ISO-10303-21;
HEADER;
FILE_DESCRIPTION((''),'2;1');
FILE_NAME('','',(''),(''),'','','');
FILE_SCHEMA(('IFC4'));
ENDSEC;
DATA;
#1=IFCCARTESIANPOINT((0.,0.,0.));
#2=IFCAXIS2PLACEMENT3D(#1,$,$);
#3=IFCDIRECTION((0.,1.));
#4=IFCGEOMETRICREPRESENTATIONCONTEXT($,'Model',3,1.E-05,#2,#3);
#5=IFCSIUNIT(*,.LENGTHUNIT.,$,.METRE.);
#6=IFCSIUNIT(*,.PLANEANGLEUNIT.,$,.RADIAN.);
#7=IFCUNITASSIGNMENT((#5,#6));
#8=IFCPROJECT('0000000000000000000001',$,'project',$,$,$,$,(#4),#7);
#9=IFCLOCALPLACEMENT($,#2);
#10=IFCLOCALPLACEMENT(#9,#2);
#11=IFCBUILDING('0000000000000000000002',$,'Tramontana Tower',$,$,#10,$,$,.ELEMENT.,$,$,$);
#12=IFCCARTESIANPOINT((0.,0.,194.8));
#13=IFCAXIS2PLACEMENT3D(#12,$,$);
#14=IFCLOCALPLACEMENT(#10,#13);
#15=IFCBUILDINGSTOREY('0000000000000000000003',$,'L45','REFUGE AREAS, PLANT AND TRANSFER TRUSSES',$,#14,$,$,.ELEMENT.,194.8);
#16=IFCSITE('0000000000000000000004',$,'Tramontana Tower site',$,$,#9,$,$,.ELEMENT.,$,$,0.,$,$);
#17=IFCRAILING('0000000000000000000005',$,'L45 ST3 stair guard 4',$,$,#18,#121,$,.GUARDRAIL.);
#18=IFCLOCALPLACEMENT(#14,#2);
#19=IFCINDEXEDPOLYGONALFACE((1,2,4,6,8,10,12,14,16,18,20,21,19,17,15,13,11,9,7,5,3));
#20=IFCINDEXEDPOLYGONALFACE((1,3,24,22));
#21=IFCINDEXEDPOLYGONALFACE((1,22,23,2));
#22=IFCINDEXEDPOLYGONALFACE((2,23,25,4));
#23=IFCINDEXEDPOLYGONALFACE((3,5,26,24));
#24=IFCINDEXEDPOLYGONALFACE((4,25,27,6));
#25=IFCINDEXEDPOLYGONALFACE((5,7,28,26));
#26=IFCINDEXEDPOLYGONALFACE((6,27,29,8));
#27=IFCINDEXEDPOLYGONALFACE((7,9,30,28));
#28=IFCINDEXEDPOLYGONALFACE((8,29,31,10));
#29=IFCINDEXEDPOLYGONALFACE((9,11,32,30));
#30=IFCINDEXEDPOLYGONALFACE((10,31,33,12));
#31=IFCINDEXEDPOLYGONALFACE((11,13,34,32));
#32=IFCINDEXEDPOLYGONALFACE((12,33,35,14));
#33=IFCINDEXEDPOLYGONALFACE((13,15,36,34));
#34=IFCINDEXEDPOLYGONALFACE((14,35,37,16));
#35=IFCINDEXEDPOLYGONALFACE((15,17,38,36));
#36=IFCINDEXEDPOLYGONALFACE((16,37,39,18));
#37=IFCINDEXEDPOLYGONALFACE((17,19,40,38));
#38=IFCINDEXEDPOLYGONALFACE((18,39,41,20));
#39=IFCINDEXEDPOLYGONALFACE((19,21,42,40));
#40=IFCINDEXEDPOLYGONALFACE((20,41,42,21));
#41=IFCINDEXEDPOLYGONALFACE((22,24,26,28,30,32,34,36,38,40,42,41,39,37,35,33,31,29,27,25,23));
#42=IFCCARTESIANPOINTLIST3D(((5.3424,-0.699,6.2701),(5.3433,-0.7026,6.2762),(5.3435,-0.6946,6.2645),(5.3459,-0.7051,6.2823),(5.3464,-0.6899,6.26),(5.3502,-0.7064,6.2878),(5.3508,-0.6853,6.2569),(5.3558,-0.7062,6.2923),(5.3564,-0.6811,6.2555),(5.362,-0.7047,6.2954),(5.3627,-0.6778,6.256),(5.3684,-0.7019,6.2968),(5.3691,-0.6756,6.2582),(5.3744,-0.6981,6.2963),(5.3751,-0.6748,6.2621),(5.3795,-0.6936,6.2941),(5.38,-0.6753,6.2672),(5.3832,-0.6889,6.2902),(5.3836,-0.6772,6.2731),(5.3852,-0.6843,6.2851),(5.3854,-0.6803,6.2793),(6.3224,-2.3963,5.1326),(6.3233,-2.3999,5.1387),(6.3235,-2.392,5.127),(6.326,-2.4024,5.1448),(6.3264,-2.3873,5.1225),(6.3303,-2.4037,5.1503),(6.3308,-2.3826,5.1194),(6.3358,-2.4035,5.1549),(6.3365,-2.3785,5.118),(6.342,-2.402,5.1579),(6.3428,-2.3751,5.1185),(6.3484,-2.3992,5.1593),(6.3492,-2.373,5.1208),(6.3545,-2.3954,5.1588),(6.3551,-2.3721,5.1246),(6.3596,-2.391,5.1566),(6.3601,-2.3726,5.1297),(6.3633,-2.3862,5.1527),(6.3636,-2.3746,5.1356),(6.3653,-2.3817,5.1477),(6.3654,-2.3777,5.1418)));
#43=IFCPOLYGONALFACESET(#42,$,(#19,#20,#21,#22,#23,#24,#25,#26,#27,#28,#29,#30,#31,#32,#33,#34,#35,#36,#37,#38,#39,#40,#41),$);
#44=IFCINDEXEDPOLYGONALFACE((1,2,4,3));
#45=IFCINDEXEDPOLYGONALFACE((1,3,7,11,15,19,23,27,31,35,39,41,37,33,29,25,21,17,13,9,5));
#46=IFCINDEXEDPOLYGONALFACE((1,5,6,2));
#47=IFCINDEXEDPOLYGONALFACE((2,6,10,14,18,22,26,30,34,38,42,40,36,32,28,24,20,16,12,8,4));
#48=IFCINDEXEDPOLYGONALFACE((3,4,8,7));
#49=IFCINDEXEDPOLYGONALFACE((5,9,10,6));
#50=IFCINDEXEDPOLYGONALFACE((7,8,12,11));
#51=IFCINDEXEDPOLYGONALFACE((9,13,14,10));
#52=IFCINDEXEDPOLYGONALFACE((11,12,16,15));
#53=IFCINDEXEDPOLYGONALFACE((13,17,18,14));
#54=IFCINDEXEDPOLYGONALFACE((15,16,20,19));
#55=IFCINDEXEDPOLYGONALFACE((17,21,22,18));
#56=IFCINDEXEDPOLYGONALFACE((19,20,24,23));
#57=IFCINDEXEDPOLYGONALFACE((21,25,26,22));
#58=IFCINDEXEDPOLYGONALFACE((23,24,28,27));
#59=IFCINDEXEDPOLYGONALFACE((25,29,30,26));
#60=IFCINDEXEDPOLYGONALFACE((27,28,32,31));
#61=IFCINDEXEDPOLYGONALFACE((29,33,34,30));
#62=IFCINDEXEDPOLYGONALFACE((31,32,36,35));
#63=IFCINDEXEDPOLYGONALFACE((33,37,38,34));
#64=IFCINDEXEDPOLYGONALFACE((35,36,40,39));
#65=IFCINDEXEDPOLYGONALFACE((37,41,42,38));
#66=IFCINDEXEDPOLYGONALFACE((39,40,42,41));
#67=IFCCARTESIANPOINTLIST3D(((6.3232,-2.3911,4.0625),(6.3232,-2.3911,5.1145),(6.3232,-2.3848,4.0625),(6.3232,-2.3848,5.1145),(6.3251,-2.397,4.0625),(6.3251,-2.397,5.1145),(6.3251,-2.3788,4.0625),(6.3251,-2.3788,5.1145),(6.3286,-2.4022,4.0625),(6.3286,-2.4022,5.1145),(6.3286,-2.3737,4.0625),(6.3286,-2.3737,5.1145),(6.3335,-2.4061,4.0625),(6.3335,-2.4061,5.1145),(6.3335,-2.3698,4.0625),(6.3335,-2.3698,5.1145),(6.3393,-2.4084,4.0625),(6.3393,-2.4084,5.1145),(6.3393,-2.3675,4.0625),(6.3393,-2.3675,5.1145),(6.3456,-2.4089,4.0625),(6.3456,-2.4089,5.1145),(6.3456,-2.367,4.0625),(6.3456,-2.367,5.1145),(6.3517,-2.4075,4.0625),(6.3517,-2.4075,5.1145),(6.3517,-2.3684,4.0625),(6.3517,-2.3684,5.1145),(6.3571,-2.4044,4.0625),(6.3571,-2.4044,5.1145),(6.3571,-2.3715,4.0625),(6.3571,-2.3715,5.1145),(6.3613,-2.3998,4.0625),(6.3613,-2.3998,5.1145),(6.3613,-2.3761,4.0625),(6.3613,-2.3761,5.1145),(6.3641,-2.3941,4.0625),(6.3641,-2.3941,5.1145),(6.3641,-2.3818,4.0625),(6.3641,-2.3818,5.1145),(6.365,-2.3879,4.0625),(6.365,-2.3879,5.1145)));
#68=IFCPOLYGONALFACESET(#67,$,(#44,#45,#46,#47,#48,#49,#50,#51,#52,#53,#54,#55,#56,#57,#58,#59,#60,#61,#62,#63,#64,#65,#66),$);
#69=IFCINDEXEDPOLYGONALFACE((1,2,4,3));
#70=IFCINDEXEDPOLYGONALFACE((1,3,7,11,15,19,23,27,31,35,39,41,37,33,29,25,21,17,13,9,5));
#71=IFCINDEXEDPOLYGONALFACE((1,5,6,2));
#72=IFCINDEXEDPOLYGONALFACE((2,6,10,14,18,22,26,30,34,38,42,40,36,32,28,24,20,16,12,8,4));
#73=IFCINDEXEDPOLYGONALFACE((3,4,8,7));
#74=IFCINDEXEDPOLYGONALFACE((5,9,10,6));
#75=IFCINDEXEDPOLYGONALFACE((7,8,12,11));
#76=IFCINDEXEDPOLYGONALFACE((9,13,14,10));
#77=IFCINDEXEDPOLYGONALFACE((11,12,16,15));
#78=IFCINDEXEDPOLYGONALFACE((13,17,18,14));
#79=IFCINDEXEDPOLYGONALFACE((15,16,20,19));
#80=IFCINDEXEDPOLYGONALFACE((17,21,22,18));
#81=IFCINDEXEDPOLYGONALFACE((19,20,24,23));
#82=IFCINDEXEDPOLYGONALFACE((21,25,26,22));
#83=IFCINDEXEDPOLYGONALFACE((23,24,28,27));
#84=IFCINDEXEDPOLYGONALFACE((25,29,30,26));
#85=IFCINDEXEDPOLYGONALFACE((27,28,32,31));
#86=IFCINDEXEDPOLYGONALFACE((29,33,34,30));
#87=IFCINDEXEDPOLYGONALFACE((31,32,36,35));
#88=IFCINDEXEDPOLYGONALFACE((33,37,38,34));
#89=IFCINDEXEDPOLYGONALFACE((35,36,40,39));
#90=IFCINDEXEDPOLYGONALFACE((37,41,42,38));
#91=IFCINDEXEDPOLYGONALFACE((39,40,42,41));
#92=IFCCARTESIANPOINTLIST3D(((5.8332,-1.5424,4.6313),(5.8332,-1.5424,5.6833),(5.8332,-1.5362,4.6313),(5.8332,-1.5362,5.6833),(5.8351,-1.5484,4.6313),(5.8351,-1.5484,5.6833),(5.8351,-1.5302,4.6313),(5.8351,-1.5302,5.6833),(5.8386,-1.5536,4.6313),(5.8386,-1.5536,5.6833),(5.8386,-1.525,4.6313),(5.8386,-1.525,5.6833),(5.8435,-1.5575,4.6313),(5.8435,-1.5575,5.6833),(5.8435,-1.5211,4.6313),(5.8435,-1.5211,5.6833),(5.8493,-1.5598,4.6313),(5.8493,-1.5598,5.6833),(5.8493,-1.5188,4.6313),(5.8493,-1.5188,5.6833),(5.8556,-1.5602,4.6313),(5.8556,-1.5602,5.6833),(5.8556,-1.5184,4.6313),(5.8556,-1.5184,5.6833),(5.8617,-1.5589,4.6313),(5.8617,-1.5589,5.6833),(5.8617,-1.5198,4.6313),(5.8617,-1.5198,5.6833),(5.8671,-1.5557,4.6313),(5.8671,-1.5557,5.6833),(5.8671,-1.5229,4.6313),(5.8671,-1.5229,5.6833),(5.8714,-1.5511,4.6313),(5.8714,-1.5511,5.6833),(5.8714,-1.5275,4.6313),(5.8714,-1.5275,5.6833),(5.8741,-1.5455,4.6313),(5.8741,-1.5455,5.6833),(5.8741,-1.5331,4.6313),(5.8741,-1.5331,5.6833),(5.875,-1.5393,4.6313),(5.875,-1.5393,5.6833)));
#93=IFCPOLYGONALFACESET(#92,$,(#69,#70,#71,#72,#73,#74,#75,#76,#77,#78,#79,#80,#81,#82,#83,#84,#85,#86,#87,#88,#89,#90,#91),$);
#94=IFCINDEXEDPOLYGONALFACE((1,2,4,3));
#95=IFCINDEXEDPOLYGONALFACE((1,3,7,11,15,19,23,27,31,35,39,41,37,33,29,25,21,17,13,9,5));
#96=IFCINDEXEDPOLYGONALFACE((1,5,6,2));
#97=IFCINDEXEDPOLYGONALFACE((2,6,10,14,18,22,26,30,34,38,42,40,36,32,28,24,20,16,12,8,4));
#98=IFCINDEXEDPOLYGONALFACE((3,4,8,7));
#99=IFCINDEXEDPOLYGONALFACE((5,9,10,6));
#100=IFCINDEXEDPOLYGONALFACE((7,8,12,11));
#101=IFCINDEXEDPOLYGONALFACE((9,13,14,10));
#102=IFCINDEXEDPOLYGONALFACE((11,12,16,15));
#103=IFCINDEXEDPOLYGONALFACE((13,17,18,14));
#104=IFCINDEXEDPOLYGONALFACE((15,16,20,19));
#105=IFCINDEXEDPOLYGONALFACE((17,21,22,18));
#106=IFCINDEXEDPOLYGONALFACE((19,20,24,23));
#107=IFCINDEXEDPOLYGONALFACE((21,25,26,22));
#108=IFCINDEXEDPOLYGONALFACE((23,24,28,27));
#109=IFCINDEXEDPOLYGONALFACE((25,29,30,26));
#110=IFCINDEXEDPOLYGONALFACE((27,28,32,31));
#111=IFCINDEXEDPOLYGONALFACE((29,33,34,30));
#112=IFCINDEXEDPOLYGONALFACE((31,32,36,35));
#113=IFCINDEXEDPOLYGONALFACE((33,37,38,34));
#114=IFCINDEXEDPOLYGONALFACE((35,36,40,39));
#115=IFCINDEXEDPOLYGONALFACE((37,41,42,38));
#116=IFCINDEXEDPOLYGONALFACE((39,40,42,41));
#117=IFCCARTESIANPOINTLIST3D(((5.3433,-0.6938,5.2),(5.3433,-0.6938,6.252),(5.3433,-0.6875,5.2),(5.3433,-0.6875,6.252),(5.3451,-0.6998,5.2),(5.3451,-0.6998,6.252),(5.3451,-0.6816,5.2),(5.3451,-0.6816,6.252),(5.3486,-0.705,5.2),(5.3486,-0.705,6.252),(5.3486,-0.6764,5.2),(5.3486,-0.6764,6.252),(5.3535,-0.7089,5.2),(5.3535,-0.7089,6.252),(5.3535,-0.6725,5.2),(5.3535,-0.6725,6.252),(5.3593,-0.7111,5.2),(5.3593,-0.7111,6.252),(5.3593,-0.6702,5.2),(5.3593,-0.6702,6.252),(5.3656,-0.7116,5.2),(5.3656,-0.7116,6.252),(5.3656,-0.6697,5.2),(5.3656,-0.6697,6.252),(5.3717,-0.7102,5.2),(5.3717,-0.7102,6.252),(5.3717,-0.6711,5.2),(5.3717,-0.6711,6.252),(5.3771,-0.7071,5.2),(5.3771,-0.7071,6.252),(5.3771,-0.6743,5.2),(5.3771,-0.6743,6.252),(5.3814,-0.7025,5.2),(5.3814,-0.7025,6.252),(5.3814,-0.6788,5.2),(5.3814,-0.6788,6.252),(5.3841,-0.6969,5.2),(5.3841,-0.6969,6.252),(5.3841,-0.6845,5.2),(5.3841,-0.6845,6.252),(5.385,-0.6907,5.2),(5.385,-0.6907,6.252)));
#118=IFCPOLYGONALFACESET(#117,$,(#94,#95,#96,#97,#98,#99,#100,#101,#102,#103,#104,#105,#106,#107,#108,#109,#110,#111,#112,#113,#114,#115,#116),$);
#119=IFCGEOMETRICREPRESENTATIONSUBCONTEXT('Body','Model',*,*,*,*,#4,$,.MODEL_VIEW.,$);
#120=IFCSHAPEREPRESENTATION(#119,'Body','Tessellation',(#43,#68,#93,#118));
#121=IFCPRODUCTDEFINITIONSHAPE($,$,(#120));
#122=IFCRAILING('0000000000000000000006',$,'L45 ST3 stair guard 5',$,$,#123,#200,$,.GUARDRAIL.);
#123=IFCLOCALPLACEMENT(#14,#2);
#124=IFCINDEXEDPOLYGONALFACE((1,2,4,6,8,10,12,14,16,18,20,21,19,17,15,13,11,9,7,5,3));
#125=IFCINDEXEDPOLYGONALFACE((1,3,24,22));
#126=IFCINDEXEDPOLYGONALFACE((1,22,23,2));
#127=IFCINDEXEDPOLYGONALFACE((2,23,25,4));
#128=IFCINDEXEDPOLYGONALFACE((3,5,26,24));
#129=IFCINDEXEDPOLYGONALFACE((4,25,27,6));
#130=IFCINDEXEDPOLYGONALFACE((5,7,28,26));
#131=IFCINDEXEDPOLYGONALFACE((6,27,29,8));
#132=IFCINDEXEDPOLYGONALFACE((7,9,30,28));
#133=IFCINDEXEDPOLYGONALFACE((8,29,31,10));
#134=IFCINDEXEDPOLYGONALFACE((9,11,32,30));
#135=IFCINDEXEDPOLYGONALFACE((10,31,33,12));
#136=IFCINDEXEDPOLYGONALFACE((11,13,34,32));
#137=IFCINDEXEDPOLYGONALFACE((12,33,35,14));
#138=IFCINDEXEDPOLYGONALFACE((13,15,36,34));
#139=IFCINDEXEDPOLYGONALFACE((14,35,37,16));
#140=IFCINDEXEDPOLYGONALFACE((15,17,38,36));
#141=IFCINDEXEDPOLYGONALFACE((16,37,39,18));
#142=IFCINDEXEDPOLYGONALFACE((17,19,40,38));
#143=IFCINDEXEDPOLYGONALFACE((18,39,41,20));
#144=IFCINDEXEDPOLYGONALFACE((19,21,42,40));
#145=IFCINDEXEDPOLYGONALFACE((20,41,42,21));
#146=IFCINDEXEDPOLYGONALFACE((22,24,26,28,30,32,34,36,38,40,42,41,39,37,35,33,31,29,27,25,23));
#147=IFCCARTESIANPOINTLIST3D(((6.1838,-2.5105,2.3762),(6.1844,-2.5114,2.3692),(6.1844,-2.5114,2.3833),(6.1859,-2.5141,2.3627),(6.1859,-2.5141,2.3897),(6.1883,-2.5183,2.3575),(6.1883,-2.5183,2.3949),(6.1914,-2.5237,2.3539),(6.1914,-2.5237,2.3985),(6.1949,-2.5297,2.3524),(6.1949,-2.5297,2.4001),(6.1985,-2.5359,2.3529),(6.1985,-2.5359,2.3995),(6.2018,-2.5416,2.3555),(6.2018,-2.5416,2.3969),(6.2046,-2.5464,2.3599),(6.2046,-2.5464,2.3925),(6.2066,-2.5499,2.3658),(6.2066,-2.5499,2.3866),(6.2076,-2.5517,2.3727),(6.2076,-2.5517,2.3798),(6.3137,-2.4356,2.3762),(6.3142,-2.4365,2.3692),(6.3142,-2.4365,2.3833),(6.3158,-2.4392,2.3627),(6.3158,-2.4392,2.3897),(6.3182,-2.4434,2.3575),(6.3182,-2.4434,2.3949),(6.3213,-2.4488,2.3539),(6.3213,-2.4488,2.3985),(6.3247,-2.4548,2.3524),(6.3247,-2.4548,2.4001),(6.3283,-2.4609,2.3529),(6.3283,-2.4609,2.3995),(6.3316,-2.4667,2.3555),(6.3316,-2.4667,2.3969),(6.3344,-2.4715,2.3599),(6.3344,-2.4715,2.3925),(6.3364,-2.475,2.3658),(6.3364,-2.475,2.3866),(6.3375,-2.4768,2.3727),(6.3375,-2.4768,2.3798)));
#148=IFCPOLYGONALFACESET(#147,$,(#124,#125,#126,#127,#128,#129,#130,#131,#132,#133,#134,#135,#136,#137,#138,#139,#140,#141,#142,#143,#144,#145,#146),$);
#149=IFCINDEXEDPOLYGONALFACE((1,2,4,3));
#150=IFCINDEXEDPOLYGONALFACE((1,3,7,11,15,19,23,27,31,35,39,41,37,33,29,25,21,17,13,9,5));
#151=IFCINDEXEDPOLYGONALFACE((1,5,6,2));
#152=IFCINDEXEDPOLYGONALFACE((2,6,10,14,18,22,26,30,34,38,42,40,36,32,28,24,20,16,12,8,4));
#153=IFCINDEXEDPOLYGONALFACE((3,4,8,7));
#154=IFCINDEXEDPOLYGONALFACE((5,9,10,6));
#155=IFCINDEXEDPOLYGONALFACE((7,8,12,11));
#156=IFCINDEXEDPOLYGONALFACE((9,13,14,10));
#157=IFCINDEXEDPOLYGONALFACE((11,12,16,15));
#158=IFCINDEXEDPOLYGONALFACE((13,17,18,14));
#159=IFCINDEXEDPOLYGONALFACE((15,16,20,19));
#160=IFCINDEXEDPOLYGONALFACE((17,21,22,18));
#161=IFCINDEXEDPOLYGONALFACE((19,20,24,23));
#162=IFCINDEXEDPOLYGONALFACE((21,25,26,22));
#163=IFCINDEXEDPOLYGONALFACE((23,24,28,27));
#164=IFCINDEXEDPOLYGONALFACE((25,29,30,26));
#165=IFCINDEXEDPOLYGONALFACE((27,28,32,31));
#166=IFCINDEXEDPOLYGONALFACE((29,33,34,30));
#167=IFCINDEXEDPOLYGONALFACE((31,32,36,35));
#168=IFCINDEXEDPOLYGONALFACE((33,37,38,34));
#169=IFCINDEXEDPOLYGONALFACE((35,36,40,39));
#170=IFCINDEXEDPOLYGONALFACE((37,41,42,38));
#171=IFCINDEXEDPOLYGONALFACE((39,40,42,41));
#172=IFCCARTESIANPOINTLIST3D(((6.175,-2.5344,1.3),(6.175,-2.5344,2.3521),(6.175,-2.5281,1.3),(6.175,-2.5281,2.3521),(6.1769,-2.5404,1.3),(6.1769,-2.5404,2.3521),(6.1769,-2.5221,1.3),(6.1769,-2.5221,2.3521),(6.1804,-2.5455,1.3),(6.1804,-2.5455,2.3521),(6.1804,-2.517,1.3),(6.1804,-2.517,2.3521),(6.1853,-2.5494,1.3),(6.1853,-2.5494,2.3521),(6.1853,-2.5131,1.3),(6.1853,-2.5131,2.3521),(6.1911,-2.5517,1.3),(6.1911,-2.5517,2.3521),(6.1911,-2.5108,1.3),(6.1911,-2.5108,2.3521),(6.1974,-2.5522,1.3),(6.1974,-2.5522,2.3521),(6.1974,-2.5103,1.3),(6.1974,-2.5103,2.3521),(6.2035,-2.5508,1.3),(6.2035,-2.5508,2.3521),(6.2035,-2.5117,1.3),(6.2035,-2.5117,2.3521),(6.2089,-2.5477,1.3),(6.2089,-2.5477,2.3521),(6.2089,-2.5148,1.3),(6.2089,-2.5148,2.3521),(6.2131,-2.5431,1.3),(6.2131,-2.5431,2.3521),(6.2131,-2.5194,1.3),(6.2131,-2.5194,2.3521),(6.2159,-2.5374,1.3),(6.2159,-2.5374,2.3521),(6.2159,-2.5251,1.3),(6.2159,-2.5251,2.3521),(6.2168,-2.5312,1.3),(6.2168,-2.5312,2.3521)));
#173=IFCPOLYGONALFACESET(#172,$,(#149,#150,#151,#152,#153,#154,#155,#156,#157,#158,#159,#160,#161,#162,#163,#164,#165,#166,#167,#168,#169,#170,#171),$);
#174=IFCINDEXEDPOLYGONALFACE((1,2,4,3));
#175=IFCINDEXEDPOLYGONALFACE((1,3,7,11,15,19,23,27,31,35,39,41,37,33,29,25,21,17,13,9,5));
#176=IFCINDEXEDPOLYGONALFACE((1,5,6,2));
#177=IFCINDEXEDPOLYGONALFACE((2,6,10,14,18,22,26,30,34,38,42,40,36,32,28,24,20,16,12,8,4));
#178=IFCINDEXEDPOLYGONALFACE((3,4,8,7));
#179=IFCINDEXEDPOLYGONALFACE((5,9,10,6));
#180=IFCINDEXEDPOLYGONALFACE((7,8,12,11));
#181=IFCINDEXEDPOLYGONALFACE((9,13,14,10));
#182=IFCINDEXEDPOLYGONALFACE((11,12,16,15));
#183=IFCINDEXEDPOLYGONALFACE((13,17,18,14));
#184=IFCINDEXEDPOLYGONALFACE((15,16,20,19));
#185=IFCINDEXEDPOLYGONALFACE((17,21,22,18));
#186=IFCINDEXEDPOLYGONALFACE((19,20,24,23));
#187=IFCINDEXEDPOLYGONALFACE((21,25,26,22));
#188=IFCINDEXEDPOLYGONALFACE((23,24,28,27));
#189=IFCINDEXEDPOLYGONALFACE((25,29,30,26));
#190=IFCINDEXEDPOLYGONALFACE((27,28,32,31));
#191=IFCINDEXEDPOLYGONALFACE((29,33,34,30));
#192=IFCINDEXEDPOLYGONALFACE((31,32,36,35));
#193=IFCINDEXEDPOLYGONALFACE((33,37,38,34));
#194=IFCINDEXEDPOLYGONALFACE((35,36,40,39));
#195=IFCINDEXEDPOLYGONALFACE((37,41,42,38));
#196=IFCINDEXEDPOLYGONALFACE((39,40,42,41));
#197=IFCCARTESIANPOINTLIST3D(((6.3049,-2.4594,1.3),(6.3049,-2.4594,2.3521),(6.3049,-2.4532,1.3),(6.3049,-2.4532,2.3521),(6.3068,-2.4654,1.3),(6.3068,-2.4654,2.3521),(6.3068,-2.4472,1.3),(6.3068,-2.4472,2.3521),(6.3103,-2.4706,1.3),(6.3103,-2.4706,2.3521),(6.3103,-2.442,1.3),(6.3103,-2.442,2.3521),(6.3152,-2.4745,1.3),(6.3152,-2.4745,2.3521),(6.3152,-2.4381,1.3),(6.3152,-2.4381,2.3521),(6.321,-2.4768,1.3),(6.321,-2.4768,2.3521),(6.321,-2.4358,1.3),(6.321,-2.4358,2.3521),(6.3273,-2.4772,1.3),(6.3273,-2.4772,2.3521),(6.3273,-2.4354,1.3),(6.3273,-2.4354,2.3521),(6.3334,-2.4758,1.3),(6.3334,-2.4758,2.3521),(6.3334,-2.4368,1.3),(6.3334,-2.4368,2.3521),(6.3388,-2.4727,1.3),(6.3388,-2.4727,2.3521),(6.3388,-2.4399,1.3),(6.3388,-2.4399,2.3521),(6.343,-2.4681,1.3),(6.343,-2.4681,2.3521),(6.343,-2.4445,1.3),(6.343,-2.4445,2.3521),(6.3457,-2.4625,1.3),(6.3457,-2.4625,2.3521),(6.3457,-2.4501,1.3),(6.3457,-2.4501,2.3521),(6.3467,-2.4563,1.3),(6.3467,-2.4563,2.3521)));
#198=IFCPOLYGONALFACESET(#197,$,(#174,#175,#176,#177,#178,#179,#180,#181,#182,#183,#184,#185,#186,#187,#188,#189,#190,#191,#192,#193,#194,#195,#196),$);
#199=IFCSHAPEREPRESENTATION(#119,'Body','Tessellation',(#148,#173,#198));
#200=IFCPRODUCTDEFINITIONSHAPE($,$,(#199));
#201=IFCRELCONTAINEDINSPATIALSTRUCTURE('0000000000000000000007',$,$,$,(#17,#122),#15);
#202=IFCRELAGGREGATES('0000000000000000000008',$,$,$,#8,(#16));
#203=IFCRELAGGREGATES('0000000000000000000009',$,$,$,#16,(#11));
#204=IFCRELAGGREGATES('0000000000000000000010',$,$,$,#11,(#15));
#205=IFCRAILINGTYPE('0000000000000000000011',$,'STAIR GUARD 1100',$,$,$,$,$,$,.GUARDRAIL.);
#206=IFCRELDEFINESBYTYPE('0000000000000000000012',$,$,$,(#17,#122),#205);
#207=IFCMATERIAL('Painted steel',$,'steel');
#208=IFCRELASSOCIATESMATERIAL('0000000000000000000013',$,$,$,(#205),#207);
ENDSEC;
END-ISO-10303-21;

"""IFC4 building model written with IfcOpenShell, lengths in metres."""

from ifc_helpers import new_model, si_unit, direction, frame, origin, origin_2d, place, context, subcontext, project, spatial, circle, extrude, material, type_object, element, save


model = new_model("IFC4")

# Units and contexts
model_context = context("Model", 3, precision=1e-05, world=origin(), true_north=direction((0.0, 1.0)))
body_context = subcontext(model_context, "Body", "Model", "MODEL_VIEW")
ifc_project = project(units=[si_unit("LENGTHUNIT", "METRE"), si_unit("PLANEANGLEUNIT", "RADIAN")], contexts=[model_context])

# Site, building, storey
site_placement = place(None, origin())
site = spatial("IfcSite", under=ifc_project, at=site_placement, Name="Tramontana Tower site", CompositionType="ELEMENT", RefElevation=0.0)
building_placement = place(site_placement, origin())
building = spatial("IfcBuilding", under=site, at=building_placement, Name="Tramontana Tower", CompositionType="ELEMENT")
storey_placement = place(building_placement, frame((0.0, 0.0, 194.8)))
storey = spatial("IfcBuildingStorey", under=building, at=storey_placement, Name="L45", Description="REFUGE AREAS, PLANT AND TRANSFER TRUSSES", CompositionType="ELEMENT", Elevation=194.8)

# Railings
ifc_material_1 = material(Name="Painted steel", Category="steel")
railing_type_1 = type_object("IfcRailingType", Name="STAIR GUARD 1100", PredefinedType="GUARDRAIL", material=ifc_material_1)
railing_1_placement = place(storey_placement, frame((6.344, -2.3879, 4.0625)))
element("IfcRailing", 1, at=railing_1_placement, inside=storey, type_object=railing_type_1, Name="L45 ST3 stair guard 4", PredefinedType="GUARDRAIL", context=body_context, shape_type="SweptSolid", body=[
    extrude(circle(Radius=0.0239, at=origin_2d()), frame((0.0, 0.0, 1.0762), z_axis=(-0.432467, 0.749006, 0.501959), x_axis=(-0.866011, -0.500024, 0.0)), (0.0, 0.0, 1.0), 2.2661),
    extrude(circle(Radius=0.021, at=origin_2d()), origin(), (0.0, 0.0, 1.0), 1.052),
    extrude(circle(Radius=0.021, at=origin_2d()), frame((-0.49, 0.8486, 0.5688)), (0.0, 0.0, 1.0), 1.052),
    extrude(circle(Radius=0.021, at=origin_2d()), frame((-0.98, 1.6973, 1.1375)), (0.0, 0.0, 1.0), 1.052),
])
for number, where, name in (
    (2, (6.1958, -2.5312, 1.3), "L45 ST3 stair guard 5"),
):
    element("IfcRailing", number, at=place(storey_placement, frame(where)), inside=storey, type_object=railing_type_1, Name=name, PredefinedType="GUARDRAIL", context=body_context, shape_type="SweptSolid", body=[
        extrude(circle(Radius=0.0239, at=origin_2d()), frame((0.0, 0.0, 1.0762), z_axis=(0.866131, 0.499816, 0.0), x_axis=(-0.499816, 0.866131, 0.0)), (0.0, 0.0, 1.0), 0.1499),
        extrude(circle(Radius=0.021, at=origin_2d()), origin(), (0.0, 0.0, 1.0), 1.052),
        extrude(circle(Radius=0.021, at=origin_2d()), frame((0.1299, 0.075, 0.0)), (0.0, 0.0, 1.0), 1.052),
    ])

save(model, "model.ifc")
